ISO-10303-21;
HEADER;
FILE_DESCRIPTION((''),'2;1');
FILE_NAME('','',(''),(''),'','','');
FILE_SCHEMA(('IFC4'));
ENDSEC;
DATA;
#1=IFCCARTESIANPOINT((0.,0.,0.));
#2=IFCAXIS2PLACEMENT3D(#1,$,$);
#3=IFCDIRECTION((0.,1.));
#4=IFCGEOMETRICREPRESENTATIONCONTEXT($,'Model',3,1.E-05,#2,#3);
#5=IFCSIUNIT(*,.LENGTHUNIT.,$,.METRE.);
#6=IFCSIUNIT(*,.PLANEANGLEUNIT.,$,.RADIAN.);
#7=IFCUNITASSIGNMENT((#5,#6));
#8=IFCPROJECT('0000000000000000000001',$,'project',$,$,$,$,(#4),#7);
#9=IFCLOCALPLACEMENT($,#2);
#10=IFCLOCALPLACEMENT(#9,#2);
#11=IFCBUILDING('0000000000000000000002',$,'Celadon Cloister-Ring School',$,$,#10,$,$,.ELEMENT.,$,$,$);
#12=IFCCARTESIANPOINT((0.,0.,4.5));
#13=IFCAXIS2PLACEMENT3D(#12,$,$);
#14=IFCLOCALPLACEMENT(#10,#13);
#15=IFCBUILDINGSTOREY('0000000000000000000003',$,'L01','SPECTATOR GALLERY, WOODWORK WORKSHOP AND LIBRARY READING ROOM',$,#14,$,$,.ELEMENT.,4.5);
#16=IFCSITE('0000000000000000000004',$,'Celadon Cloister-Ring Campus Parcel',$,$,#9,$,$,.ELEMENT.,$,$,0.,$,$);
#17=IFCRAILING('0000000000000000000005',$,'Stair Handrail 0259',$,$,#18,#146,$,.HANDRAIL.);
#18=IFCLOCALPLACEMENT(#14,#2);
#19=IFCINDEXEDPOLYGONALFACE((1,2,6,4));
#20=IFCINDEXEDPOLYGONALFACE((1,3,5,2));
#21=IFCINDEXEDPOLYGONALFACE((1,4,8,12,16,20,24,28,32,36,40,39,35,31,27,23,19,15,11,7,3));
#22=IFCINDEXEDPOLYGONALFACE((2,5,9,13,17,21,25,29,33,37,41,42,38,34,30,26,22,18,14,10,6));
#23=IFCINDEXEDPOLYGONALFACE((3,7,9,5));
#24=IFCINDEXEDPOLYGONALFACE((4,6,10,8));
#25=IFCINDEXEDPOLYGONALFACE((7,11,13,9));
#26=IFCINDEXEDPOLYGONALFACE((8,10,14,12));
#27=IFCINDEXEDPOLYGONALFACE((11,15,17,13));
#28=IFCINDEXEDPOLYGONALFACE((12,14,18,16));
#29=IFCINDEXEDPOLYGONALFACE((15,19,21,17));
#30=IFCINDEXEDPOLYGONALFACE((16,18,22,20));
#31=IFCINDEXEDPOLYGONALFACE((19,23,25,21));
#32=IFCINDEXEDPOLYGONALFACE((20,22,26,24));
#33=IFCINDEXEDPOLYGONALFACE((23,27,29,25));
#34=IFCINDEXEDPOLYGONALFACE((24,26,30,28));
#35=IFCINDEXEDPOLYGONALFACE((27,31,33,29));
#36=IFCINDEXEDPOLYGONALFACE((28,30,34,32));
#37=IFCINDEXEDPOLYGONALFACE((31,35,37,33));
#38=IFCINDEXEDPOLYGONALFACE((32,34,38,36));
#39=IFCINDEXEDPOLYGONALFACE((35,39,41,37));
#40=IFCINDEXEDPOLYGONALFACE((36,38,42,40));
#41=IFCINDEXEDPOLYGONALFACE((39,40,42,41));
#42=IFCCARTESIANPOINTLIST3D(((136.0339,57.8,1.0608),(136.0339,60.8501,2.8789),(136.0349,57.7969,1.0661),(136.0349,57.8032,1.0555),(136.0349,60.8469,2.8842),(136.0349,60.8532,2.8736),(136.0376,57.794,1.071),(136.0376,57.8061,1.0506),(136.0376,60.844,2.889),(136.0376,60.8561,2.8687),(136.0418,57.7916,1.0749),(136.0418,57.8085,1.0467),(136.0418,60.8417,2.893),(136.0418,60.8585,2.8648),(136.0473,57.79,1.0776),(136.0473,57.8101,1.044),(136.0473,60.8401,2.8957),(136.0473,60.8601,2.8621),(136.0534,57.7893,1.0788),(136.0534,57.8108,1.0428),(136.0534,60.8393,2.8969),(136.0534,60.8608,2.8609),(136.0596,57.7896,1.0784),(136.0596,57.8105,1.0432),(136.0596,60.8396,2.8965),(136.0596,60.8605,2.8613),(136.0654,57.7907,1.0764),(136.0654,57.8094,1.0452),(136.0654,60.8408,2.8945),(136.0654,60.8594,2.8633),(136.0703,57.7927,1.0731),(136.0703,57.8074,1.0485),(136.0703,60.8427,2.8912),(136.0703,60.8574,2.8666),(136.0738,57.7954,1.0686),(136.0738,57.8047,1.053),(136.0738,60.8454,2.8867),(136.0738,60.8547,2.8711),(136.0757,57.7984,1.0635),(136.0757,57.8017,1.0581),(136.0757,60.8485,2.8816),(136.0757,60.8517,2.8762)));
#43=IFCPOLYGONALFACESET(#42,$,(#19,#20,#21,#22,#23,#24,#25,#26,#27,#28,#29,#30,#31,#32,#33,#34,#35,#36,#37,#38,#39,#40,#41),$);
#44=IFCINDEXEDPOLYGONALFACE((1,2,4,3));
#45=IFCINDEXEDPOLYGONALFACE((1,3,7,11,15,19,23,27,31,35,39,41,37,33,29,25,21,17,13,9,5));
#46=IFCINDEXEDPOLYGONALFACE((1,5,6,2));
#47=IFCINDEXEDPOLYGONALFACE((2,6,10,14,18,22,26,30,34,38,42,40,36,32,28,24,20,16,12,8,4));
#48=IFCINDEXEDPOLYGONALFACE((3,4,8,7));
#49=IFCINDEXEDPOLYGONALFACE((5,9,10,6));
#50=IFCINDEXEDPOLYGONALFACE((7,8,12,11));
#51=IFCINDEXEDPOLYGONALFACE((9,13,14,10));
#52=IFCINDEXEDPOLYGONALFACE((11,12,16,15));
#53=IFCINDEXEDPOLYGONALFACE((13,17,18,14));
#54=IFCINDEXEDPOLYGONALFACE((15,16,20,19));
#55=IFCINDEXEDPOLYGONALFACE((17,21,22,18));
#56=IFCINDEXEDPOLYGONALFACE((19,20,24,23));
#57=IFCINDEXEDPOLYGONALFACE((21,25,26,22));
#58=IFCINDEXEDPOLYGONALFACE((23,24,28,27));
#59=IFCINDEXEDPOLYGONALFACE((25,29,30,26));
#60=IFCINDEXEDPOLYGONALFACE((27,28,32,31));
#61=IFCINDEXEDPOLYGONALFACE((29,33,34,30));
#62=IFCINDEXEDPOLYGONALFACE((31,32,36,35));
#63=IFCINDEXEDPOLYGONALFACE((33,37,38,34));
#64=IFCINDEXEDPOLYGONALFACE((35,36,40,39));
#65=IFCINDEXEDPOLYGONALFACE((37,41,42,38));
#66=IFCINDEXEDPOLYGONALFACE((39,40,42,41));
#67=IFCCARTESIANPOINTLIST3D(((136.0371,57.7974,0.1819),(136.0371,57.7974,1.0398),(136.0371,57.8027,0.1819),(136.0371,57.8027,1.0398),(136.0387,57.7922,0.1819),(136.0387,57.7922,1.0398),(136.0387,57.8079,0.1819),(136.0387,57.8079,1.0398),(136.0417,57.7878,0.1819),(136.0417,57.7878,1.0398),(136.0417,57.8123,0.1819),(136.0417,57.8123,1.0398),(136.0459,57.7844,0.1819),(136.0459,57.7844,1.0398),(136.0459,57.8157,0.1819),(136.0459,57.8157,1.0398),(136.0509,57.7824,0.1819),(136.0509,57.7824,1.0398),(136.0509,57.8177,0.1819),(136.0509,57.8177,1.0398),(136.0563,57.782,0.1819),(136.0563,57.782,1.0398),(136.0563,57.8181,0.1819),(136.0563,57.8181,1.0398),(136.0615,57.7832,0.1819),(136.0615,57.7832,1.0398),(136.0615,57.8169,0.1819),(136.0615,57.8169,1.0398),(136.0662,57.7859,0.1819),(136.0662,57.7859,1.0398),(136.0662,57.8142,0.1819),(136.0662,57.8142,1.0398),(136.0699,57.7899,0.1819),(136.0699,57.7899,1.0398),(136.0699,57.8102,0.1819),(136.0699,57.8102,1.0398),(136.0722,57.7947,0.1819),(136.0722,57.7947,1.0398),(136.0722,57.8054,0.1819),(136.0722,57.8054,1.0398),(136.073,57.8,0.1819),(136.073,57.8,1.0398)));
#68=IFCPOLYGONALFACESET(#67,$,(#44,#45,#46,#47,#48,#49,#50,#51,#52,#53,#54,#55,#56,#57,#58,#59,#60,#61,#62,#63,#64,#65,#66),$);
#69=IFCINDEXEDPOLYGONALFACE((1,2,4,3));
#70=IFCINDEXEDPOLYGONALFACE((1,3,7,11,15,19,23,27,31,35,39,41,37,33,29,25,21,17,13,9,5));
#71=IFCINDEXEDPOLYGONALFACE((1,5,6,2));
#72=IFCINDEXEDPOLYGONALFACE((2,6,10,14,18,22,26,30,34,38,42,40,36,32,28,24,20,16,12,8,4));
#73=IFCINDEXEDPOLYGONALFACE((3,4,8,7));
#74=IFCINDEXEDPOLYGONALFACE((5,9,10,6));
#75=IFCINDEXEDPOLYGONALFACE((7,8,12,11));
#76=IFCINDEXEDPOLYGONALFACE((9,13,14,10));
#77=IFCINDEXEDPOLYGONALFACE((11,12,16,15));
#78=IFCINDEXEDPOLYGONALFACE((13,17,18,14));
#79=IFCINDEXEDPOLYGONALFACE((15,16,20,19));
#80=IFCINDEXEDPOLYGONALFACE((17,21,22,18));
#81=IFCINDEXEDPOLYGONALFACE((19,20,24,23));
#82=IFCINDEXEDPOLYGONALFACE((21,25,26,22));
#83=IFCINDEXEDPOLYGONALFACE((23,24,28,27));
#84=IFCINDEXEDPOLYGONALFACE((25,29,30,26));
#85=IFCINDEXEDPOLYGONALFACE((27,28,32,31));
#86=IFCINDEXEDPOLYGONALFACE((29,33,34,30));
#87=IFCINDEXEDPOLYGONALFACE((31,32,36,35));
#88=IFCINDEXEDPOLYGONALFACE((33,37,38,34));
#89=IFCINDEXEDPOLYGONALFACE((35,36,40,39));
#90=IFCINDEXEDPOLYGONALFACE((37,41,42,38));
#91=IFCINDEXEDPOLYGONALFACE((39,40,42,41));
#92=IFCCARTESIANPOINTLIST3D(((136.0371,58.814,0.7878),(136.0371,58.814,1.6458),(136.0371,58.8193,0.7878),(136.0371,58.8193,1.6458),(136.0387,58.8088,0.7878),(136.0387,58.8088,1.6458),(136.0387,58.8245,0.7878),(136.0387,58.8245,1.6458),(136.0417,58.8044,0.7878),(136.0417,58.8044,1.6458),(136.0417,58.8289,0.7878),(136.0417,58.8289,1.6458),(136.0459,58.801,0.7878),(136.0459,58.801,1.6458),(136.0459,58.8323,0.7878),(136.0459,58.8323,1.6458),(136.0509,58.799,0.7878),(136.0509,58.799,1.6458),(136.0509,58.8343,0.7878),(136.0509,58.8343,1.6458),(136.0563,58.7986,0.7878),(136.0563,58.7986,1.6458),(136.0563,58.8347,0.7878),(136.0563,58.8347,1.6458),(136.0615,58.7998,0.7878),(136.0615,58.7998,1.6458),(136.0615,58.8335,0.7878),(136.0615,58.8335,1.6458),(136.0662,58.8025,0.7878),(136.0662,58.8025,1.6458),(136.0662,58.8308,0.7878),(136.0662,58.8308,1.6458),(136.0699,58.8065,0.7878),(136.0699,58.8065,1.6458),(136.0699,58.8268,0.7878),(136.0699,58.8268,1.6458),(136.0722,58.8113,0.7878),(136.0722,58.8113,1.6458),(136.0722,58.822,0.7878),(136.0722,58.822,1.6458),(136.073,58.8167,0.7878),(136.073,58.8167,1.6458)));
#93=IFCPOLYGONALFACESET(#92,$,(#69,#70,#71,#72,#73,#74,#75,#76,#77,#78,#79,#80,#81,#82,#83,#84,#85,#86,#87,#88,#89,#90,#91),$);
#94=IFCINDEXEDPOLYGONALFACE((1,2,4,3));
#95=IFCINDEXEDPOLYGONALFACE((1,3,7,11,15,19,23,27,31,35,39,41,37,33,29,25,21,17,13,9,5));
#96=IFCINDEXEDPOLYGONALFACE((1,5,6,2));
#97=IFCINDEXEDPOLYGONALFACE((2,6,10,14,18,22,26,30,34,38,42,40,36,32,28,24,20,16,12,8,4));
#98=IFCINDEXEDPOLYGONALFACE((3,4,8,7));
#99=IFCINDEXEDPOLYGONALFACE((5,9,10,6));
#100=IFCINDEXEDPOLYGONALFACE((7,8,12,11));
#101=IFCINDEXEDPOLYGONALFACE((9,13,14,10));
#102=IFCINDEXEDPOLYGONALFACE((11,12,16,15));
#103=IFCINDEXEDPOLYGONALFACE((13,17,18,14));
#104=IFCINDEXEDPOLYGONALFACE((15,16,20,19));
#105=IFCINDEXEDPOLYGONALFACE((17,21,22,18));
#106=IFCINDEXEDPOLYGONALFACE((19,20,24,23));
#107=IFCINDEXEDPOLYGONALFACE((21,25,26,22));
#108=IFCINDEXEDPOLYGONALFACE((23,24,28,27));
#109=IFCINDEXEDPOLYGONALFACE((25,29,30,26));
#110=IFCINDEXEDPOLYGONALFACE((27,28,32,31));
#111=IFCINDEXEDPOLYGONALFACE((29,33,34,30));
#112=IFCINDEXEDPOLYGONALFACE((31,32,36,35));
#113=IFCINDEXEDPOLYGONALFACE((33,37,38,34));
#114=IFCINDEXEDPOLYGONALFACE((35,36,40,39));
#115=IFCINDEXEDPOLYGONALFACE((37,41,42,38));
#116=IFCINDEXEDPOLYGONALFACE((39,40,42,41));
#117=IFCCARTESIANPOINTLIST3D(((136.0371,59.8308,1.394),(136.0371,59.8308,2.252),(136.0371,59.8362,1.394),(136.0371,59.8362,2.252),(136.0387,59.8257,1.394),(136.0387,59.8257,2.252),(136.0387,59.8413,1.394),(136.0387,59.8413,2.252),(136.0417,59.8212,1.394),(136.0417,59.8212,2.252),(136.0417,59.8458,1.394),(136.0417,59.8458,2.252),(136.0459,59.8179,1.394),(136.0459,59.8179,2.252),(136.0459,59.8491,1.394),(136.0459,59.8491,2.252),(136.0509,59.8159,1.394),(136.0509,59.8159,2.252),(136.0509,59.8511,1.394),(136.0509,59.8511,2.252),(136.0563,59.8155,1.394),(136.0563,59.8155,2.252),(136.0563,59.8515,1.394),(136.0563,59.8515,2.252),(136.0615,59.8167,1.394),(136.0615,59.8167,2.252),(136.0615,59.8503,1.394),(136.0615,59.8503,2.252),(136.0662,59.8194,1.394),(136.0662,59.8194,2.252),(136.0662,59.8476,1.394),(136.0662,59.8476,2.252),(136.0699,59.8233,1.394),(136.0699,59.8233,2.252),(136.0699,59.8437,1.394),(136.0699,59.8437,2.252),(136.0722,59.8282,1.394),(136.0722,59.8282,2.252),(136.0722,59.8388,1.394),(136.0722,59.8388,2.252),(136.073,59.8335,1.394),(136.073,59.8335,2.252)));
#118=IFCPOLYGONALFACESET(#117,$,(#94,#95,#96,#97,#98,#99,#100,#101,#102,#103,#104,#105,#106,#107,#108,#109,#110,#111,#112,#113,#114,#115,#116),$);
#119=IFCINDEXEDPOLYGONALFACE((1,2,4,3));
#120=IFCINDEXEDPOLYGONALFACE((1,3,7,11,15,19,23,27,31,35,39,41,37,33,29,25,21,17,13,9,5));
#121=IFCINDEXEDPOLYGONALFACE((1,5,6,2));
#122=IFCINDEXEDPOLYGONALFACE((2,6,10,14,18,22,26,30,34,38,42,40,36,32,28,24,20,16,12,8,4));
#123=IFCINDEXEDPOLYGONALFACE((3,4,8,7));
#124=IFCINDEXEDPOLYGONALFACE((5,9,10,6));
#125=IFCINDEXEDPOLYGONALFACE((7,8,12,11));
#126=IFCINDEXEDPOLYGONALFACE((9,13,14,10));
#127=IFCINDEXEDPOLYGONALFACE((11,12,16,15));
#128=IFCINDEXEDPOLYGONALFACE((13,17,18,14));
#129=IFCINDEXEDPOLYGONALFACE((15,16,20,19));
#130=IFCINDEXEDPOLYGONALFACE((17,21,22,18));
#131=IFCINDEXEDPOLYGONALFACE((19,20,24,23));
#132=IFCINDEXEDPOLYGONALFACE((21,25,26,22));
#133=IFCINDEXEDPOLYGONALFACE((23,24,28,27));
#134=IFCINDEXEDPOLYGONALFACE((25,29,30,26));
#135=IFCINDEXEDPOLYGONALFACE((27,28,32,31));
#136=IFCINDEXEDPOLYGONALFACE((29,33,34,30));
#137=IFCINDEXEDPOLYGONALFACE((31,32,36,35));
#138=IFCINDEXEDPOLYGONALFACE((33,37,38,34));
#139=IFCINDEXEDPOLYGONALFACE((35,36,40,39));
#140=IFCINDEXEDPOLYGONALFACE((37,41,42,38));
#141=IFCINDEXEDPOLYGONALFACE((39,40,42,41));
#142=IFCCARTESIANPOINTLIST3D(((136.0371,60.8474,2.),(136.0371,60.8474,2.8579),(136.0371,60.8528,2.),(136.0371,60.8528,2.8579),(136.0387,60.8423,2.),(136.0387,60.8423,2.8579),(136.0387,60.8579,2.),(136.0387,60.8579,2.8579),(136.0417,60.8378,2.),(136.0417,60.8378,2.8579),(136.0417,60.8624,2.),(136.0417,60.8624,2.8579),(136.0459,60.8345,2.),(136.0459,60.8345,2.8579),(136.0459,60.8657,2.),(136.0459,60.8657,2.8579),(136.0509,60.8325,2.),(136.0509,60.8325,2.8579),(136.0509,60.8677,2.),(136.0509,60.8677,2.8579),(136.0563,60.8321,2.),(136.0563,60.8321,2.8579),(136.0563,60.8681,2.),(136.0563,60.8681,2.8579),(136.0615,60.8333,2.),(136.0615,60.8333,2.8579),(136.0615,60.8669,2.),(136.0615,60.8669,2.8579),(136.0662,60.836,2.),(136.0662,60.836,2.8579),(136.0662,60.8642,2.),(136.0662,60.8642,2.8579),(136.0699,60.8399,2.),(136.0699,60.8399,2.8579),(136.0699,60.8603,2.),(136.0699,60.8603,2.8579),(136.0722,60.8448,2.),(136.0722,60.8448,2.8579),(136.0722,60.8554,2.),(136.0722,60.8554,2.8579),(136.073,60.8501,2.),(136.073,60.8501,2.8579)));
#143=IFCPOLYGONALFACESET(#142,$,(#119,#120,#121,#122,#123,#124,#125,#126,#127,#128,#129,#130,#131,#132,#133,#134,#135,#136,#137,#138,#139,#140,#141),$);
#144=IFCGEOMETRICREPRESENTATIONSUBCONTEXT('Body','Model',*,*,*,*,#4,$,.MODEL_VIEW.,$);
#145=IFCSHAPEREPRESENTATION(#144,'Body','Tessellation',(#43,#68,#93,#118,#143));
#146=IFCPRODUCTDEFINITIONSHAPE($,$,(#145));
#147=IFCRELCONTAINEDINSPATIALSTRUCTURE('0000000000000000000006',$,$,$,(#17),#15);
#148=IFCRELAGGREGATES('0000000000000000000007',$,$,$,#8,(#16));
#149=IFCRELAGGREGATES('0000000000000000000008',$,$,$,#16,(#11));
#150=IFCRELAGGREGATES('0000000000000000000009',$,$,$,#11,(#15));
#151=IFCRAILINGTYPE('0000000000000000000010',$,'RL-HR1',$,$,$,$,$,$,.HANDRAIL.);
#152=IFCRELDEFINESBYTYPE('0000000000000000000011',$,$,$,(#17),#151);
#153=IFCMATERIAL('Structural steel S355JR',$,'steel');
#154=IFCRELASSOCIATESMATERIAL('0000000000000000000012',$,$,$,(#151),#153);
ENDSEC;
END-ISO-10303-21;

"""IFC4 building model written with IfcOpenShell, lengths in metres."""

from ifc_helpers import new_model, si_unit, direction, frame, origin, origin_2d, place, context, subcontext, project, spatial, circle, extrude, material, type_object, element, save


model = new_model("IFC4")

# Units and contexts
model_context = context("Model", 3, precision=1e-05, world=origin(), true_north=direction((0.0, 1.0)))
body_context = subcontext(model_context, "Body", "Model", "MODEL_VIEW")
ifc_project = project(units=[si_unit("LENGTHUNIT", "METRE"), si_unit("PLANEANGLEUNIT", "RADIAN")], contexts=[model_context])

# Site, building, storey
site_placement = place(None, origin())
site = spatial("IfcSite", under=ifc_project, at=site_placement, Name="Celadon Cloister-Ring Campus Parcel", CompositionType="ELEMENT", RefElevation=0.0)
building_placement = place(site_placement, origin())
building = spatial("IfcBuilding", under=site, at=building_placement, Name="Celadon Cloister-Ring School", CompositionType="ELEMENT")
storey_placement = place(building_placement, frame((0.0, 0.0, 4.5)))
storey = spatial("IfcBuildingStorey", under=building, at=storey_placement, Name="L01", Description="SPECTATOR GALLERY, WOODWORK WORKSHOP AND LIBRARY READING ROOM", CompositionType="ELEMENT", Elevation=4.5)

# Railing
ifc_material_1 = material(Name="Structural steel S355JR", Category="steel")
railing_type_1 = type_object("IfcRailingType", Name="RL-HR1", PredefinedType="HANDRAIL", material=ifc_material_1)
for number, where, name in (
    (1, (136.0549, 57.8, 0.1819), "Stair Handrail 0259"),
):
    element("IfcRailing", number, at=place(storey_placement, frame(where)), inside=storey, type_object=railing_type_1, Name=name, PredefinedType="HANDRAIL", context=body_context, shape_type="SweptSolid", body=[
        extrude(circle(Radius=0.021, at=origin_2d()), frame((0.0, 0.0, 0.8789), z_axis=(0.0, 0.85897, 0.512026), x_axis=(-1.0, 0.0, 0.0)), (0.0, 0.0, 1.0), 3.5508),
        extrude(circle(Radius=0.0181, at=origin_2d()), origin(), (0.0, 0.0, 1.0), 0.8579),
        extrude(circle(Radius=0.0181, at=origin_2d()), frame((0.0, 1.0166, 0.606)), (0.0, 0.0, 1.0), 0.8579),
        extrude(circle(Radius=0.0181, at=origin_2d()), frame((0.0, 2.0334, 1.2122)), (0.0, 0.0, 1.0), 0.8579),
        extrude(circle(Radius=0.0181, at=origin_2d()), frame((0.0, 3.05, 1.8181)), (0.0, 0.0, 1.0), 0.8579),
    ])

save(model, "model.ifc")
